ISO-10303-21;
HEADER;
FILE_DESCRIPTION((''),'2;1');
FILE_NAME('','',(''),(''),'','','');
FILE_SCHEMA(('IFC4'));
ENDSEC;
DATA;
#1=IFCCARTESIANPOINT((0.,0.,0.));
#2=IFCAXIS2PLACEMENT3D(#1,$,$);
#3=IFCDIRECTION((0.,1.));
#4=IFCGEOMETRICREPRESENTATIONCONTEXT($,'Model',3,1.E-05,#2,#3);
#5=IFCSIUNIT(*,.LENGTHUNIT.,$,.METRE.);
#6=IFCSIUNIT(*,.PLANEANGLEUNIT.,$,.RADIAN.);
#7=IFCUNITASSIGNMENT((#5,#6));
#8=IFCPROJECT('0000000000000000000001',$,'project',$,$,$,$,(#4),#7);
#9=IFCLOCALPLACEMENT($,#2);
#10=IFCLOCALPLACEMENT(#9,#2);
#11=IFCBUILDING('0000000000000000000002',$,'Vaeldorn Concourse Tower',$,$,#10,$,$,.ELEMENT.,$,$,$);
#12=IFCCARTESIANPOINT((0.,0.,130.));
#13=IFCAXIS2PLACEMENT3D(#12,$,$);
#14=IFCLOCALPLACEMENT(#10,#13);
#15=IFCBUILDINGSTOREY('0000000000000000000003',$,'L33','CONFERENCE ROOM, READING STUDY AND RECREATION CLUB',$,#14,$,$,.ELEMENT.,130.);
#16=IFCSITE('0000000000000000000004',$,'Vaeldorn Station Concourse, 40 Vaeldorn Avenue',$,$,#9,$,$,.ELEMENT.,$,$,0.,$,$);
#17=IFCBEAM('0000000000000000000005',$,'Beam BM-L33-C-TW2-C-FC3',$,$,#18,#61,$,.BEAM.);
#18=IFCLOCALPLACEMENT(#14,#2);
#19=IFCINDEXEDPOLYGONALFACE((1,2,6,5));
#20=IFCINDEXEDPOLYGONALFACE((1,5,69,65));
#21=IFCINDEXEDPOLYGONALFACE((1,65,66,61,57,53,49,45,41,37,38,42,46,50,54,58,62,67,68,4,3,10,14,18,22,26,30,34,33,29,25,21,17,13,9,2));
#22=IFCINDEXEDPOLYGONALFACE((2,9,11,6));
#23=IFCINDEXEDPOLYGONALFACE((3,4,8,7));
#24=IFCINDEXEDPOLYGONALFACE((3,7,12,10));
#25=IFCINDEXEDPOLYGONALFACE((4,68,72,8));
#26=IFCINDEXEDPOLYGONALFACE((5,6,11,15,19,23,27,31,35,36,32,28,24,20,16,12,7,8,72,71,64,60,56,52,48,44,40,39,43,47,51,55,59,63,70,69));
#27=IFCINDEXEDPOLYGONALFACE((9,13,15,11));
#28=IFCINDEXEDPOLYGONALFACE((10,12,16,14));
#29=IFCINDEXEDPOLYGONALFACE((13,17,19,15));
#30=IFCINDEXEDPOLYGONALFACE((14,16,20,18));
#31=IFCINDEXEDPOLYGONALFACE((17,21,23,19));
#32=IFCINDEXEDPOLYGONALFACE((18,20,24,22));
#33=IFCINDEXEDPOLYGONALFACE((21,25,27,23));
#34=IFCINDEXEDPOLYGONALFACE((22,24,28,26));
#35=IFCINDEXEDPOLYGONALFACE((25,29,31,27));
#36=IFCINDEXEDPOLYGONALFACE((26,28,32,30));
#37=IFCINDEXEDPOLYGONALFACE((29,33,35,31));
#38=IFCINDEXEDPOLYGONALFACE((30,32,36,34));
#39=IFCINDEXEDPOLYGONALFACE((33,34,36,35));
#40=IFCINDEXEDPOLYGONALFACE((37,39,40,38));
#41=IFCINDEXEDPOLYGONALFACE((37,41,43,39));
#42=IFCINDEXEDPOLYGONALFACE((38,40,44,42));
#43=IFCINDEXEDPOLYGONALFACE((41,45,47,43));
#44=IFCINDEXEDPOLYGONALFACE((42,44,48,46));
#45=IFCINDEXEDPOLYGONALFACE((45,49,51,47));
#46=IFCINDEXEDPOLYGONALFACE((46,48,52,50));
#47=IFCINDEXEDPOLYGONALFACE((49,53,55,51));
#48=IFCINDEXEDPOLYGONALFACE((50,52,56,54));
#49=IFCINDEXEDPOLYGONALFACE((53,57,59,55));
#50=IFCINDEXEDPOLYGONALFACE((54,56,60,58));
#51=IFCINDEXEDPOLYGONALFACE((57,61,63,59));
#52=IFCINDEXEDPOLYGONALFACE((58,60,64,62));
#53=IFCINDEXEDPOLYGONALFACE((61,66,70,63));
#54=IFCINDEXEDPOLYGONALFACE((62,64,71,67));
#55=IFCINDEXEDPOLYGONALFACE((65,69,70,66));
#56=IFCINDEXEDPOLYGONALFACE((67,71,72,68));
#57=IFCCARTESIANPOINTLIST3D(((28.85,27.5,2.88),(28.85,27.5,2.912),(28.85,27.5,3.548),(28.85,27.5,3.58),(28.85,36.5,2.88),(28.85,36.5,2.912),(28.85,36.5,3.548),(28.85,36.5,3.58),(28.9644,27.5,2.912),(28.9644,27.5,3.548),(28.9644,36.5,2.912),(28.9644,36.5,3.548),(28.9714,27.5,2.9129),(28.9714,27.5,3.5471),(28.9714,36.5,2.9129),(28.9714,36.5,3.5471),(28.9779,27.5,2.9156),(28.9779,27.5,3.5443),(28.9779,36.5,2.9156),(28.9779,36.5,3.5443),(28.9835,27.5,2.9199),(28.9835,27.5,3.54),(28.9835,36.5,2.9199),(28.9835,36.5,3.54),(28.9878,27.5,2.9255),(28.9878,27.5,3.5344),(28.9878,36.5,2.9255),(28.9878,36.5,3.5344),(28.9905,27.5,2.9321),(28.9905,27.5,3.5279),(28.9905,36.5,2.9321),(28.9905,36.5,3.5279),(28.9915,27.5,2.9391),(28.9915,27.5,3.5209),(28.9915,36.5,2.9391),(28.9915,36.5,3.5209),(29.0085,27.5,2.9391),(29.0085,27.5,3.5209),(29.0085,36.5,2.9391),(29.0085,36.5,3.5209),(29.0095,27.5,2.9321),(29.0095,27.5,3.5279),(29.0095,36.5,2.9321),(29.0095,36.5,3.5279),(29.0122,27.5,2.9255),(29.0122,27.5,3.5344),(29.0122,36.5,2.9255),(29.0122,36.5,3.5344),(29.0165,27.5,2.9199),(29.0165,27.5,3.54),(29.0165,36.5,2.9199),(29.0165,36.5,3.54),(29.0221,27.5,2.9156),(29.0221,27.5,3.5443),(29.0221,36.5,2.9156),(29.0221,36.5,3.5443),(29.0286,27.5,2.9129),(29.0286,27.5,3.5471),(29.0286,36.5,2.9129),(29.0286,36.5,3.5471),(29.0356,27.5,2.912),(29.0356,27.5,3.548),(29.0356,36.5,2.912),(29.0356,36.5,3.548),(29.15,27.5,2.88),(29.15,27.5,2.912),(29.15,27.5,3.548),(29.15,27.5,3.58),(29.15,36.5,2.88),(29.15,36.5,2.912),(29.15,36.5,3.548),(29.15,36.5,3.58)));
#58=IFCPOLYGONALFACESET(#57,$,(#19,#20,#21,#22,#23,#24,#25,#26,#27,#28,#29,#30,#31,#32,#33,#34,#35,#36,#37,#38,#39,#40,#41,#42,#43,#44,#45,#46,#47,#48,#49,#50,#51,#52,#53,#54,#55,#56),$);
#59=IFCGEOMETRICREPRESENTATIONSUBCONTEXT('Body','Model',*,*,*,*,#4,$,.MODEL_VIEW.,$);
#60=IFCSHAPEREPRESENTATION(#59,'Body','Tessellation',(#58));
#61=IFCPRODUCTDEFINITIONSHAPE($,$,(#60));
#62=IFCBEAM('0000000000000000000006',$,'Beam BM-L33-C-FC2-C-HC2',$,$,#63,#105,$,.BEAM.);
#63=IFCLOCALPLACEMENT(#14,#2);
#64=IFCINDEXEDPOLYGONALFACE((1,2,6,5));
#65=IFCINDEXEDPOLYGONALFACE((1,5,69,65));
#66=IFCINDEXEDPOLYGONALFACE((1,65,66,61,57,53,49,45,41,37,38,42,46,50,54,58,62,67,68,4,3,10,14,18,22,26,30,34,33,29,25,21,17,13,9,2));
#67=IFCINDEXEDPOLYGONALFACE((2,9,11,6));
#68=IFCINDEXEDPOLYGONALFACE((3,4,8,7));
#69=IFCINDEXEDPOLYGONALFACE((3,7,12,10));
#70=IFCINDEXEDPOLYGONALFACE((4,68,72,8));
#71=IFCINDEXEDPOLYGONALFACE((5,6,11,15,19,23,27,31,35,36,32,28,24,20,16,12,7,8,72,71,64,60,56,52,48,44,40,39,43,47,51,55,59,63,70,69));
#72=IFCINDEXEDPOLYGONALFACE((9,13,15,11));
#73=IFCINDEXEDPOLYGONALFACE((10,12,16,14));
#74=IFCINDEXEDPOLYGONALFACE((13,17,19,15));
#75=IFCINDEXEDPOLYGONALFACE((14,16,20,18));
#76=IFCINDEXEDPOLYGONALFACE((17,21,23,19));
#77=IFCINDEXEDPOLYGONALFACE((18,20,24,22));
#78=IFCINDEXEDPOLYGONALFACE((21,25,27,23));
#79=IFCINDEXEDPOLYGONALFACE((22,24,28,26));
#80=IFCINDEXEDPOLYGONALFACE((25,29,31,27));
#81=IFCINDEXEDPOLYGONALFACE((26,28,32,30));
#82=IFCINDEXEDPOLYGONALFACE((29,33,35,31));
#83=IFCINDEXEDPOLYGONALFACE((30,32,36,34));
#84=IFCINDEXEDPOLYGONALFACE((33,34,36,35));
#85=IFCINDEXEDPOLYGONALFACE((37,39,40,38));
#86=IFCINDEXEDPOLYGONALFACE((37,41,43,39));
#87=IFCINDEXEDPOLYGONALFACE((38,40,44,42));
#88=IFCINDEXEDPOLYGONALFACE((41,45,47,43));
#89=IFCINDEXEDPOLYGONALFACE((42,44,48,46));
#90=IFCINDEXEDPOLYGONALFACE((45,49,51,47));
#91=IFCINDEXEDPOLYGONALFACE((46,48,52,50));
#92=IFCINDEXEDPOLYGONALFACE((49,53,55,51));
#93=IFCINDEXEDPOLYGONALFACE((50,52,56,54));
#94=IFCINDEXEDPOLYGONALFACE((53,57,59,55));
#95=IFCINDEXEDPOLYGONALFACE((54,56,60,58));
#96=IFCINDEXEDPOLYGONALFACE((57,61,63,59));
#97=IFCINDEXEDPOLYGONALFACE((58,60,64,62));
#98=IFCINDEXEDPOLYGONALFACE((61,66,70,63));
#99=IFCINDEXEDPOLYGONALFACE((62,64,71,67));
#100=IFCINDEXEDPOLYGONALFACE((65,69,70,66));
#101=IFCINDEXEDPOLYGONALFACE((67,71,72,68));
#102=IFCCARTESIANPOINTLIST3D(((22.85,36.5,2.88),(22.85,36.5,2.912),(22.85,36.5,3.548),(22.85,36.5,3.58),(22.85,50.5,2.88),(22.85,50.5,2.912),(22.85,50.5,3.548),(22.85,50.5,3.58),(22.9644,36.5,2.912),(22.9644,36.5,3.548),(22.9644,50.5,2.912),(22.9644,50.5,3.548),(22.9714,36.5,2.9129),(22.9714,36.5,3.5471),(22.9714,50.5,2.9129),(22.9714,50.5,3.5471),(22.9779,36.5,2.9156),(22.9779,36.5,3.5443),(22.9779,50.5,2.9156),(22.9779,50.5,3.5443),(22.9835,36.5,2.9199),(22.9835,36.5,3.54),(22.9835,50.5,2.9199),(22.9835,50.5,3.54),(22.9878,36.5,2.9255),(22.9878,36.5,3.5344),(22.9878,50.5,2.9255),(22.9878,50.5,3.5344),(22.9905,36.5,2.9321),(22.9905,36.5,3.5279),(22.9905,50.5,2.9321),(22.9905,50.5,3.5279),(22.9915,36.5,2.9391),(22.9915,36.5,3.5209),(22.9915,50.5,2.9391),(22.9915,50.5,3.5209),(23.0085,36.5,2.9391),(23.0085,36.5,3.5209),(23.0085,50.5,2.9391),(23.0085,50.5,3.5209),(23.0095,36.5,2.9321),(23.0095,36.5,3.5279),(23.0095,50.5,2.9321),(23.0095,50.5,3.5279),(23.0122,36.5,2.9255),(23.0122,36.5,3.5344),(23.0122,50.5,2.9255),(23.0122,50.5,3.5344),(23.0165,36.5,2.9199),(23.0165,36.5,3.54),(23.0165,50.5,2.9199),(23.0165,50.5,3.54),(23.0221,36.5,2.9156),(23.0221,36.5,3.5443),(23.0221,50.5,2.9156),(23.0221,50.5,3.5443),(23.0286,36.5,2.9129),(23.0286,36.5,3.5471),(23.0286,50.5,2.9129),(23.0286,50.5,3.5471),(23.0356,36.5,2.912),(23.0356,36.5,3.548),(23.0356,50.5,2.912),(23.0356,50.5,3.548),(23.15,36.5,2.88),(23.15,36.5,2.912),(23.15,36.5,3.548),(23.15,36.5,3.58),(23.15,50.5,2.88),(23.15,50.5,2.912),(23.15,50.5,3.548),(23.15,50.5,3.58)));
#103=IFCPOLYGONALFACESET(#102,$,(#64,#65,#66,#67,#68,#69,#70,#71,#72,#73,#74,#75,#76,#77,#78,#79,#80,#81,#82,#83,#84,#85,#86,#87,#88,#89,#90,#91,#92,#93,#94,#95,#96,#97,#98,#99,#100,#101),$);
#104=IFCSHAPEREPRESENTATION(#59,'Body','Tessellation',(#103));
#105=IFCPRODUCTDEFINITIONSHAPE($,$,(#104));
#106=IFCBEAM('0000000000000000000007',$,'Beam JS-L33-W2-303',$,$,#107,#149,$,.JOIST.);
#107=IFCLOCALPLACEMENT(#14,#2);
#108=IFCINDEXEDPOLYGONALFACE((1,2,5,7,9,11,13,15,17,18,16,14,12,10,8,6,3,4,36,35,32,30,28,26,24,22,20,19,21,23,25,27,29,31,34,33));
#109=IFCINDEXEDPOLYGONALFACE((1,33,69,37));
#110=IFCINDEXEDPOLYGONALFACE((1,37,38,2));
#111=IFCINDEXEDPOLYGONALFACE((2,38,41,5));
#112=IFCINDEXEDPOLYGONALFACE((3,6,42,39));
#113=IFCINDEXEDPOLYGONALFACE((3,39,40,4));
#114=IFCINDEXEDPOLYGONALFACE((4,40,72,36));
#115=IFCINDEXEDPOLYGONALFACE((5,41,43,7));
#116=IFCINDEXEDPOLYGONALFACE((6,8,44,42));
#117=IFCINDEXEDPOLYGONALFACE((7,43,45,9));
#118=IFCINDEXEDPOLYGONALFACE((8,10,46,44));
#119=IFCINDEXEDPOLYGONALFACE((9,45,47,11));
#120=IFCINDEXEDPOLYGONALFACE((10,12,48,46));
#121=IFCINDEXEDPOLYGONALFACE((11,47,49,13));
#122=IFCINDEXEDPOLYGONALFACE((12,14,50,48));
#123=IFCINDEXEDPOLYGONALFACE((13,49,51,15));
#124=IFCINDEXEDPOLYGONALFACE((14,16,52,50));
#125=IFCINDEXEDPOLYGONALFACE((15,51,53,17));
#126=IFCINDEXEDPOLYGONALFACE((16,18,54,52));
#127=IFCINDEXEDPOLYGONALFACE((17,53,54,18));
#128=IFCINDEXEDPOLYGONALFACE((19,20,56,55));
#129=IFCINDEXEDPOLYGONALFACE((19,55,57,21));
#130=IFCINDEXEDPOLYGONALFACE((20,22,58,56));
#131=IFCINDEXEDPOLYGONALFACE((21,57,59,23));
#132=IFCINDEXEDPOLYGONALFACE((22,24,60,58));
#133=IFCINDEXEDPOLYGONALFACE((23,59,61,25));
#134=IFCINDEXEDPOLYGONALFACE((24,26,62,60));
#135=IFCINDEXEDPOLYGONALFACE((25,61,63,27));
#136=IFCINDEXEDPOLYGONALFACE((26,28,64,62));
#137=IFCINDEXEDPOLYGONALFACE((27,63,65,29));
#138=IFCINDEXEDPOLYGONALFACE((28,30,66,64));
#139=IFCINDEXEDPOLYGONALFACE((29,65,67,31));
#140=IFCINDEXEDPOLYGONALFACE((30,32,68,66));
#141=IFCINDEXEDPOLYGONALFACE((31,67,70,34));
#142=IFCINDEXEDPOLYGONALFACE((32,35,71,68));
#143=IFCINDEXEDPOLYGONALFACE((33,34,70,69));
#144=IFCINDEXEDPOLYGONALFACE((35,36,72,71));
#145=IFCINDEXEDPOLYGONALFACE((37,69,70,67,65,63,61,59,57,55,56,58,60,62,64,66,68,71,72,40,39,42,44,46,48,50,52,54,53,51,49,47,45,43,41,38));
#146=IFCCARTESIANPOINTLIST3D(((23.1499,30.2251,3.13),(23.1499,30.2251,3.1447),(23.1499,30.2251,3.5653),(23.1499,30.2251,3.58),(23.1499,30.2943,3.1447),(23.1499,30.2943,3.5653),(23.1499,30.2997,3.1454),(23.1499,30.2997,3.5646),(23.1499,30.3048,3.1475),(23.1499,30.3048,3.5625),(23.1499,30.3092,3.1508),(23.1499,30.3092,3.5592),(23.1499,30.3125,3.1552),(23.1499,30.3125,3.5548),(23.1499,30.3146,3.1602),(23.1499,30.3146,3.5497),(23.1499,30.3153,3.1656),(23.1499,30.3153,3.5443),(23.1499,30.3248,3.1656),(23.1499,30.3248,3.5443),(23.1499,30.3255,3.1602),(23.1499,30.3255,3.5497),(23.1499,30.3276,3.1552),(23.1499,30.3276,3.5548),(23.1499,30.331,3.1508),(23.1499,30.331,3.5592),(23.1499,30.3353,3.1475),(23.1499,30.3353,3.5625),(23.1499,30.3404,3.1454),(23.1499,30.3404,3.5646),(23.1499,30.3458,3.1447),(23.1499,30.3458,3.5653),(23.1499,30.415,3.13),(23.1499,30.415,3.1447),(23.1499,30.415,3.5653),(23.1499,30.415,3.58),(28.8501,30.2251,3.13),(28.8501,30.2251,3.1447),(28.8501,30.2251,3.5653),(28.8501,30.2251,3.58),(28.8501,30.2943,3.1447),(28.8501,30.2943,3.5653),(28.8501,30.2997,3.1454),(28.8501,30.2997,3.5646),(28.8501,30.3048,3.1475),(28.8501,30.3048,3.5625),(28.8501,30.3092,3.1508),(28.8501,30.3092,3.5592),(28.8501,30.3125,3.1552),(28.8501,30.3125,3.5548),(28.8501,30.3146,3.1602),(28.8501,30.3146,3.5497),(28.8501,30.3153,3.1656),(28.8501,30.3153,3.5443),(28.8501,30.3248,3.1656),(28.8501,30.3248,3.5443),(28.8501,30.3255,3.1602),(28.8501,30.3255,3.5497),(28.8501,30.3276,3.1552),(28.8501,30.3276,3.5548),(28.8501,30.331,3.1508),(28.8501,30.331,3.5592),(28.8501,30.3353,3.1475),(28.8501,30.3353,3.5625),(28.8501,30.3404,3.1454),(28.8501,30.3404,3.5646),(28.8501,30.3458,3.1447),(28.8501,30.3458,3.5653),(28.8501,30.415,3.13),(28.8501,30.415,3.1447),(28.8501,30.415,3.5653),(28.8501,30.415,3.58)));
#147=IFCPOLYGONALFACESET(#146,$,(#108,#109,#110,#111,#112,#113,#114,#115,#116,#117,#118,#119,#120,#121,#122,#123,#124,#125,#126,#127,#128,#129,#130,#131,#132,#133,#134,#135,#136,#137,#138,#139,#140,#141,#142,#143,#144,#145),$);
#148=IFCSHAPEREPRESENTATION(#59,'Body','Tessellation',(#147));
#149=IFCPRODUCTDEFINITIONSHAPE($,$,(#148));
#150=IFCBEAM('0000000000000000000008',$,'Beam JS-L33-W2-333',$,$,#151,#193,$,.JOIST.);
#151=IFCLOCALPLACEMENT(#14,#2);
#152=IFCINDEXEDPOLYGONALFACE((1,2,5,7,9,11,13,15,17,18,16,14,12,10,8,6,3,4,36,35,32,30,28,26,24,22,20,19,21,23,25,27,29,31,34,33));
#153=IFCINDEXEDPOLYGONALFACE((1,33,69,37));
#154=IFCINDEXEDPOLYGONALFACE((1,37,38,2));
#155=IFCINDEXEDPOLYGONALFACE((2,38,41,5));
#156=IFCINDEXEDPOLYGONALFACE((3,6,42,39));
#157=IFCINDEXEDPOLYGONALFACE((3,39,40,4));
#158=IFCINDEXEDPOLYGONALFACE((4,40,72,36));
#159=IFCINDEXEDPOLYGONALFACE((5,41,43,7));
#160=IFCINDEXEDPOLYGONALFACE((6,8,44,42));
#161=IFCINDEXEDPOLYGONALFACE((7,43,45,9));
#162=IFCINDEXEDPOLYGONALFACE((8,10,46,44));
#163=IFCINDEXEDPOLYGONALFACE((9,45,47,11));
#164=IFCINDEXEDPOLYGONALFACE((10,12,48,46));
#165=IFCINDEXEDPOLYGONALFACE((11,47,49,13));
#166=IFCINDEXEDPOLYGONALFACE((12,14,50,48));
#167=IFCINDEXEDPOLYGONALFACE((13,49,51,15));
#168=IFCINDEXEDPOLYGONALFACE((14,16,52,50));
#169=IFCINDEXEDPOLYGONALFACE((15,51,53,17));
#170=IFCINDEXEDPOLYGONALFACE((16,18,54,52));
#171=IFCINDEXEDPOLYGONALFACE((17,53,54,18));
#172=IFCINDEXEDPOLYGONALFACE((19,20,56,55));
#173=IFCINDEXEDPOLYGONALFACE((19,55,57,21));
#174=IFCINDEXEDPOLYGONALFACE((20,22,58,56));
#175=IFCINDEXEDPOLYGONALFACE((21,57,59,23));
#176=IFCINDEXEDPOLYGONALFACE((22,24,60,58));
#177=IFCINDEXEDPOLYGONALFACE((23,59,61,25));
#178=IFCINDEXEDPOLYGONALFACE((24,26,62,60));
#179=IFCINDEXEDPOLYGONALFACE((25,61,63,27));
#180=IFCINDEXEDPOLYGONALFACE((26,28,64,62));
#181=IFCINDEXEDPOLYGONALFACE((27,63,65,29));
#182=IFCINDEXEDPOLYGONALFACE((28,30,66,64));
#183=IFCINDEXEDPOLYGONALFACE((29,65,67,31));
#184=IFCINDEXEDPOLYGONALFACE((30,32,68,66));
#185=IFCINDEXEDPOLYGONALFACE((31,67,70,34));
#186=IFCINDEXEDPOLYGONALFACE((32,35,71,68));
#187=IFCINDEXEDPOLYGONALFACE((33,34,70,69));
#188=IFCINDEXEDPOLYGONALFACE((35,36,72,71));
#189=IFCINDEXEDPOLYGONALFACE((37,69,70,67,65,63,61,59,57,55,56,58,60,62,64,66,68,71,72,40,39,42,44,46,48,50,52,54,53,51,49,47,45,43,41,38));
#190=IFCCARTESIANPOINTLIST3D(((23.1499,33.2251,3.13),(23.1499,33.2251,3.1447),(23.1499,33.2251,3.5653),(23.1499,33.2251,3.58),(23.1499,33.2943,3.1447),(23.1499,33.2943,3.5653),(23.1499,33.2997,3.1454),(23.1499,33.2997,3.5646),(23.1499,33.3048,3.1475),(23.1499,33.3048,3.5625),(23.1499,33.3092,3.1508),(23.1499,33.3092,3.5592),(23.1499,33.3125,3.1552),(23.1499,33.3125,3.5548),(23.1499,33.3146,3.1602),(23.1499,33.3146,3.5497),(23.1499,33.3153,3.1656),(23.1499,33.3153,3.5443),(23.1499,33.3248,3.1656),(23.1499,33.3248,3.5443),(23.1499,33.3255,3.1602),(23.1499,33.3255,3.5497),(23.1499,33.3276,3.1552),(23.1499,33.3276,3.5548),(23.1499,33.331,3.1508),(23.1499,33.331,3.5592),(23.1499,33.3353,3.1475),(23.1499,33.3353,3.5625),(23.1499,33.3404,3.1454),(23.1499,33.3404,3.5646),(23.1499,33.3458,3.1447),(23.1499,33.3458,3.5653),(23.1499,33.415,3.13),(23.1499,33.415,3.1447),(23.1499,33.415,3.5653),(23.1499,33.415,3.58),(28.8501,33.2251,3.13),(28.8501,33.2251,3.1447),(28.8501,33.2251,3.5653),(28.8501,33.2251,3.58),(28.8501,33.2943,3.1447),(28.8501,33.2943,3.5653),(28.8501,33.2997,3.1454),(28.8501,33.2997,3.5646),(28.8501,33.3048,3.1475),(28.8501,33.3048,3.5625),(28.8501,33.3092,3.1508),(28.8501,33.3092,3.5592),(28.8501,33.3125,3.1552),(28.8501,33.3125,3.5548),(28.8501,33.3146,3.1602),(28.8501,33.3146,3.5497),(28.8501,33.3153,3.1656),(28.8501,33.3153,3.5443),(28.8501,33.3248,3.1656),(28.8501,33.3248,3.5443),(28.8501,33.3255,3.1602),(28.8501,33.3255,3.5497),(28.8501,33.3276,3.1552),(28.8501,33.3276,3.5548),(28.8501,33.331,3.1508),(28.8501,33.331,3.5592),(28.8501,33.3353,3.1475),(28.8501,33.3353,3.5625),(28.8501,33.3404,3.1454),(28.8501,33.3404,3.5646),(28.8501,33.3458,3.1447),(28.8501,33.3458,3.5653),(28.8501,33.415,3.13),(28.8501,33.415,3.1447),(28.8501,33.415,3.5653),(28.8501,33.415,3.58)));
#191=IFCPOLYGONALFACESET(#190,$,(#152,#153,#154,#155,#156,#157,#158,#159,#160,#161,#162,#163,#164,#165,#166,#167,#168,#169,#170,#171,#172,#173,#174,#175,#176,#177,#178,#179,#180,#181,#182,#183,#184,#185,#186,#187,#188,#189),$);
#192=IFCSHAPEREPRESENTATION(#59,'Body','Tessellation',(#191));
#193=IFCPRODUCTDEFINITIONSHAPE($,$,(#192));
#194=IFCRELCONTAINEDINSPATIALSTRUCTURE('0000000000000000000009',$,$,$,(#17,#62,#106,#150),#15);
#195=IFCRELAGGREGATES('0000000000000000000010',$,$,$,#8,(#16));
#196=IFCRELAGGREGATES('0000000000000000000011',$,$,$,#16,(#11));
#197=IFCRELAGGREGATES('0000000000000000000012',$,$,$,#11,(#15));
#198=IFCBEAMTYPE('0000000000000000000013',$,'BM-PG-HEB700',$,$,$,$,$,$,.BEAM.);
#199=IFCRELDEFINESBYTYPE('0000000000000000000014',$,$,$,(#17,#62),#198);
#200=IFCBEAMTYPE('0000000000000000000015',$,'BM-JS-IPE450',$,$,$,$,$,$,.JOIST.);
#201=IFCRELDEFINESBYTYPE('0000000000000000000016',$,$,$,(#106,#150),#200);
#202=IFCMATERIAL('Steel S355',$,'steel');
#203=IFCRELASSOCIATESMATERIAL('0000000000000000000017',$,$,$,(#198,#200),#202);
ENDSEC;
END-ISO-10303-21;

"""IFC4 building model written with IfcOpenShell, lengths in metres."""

from ifc_helpers import new_model, si_unit, direction, frame, origin, origin_2d, place, context, subcontext, project, spatial, i_section, extrude, source, transform, mapped, material, material_profile, profile_set, type_object, element, save


model = new_model("IFC4")

# Units and contexts
model_context = context("Model", 3, precision=1e-05, world=origin(), true_north=direction((0.0, 1.0)))
body_context = subcontext(model_context, "Body", "Model", "MODEL_VIEW")
ifc_project = project(units=[si_unit("LENGTHUNIT", "METRE"), si_unit("PLANEANGLEUNIT", "RADIAN")], contexts=[model_context])

# Site, building, storey
site_placement = place(None, origin())
site = spatial("IfcSite", under=ifc_project, at=site_placement, Name="Vaeldorn Station Concourse, 40 Vaeldorn Avenue", CompositionType="ELEMENT", RefElevation=0.0)
building_placement = place(site_placement, origin())
building = spatial("IfcBuilding", under=site, at=building_placement, Name="Vaeldorn Concourse Tower", CompositionType="ELEMENT")
storey_placement = place(building_placement, frame((0.0, 0.0, 130.0)))
storey = spatial("IfcBuildingStorey", under=building, at=storey_placement, Name="L33", Description="CONFERENCE ROOM, READING STUDY AND RECREATION CLUB", CompositionType="ELEMENT", Elevation=130.0)

# Beams
ifc_material_1 = material(Name="Steel S355", Category="steel")
ifc_material_profile_1 = material_profile(ifc_material_1, i_section(OverallWidth=0.3, OverallDepth=0.7, WebThickness=0.0171, FlangeThickness=0.032, FilletRadius=0.0271, at=origin_2d()), Name="HEB 700")
ifc_profile_set_1 = profile_set([ifc_material_profile_1], Name="Steel S355")
beam_type_1 = type_object("IfcBeamType", Name="BM-PG-HEB700", PredefinedType="BEAM", material=ifc_profile_set_1)
shared_shape_1 = source(origin(), body_context, "Body", "SweptSolid", [
    extrude(i_section(OverallWidth=0.3, OverallDepth=0.7, WebThickness=0.0171, FlangeThickness=0.032, FilletRadius=0.0271, at=origin_2d()), origin(), (0.0, 0.0, 1.0), 9.0),
])
for number, where, z_axis, x_axis, name in (
    (1, (29.0, 27.5, 3.23), (0.0, 1.0, 0.0), (-1.0, 0.0, 0.0), "Beam BM-L33-C-TW2-C-FC3"),
):
    element("IfcBeam", number, at=place(storey_placement, frame(where, z_axis=z_axis, x_axis=x_axis)), inside=storey, type_object=beam_type_1, Name=name, PredefinedType="BEAM", context=body_context, shape_type="MappedRepresentation", body=[
        mapped(shared_shape_1, transform((0.0, 0.0, 0.0), scale=1.0)),
    ])
shared_shape_2 = source(origin(), body_context, "Body", "SweptSolid", [
    extrude(i_section(OverallWidth=0.3, OverallDepth=0.7, WebThickness=0.0171, FlangeThickness=0.032, FilletRadius=0.0271, at=origin_2d()), origin(), (0.0, 0.0, 1.0), 14.0),
])
beam_placement = place(storey_placement, frame((23.0, 36.5, 3.23), z_axis=(0.0, 1.0, 0.0), x_axis=(-1.0, 0.0, 0.0)))
element("IfcBeam", 2, at=beam_placement, inside=storey, type_object=beam_type_1, Name="Beam BM-L33-C-FC2-C-HC2", PredefinedType="BEAM", context=body_context, shape_type="MappedRepresentation", body=[
    mapped(shared_shape_2, transform((0.0, 0.0, 0.0), scale=1.0)),
])
ifc_material_profile_2 = material_profile(ifc_material_1, i_section(OverallWidth=0.1899, OverallDepth=0.45, WebThickness=0.0095, FlangeThickness=0.0146, FilletRadius=0.021, at=origin_2d()), Name="IPE 450")
ifc_profile_set_2 = profile_set([ifc_material_profile_2], Name="Steel S355")
beam_type_2 = type_object("IfcBeamType", Name="BM-JS-IPE450", PredefinedType="JOIST", material=ifc_profile_set_2)
shared_shape_3 = source(origin(), body_context, "Body", "SweptSolid", [
    extrude(i_section(OverallWidth=0.1899, OverallDepth=0.45, WebThickness=0.0095, FlangeThickness=0.0146, FilletRadius=0.021, at=origin_2d()), origin(), (0.0, 0.0, 1.0), 5.7002),
])
for number, where, z_axis, x_axis, name in (
    (3, (23.1499, 30.3201, 3.355), (1.0, 0.0, 0.0), (0.0, 1.0, 0.0), "Beam JS-L33-W2-303"),
    (4, (23.1499, 33.3201, 3.355), (1.0, 0.0, 0.0), (0.0, 1.0, 0.0), "Beam JS-L33-W2-333"),
):
    element("IfcBeam", number, at=place(storey_placement, frame(where, z_axis=z_axis, x_axis=x_axis)), inside=storey, type_object=beam_type_2, Name=name, PredefinedType="JOIST", context=body_context, shape_type="MappedRepresentation", body=[
        mapped(shared_shape_3, transform((0.0, 0.0, 0.0), scale=1.0)),
    ])

save(model, "model.ifc")
